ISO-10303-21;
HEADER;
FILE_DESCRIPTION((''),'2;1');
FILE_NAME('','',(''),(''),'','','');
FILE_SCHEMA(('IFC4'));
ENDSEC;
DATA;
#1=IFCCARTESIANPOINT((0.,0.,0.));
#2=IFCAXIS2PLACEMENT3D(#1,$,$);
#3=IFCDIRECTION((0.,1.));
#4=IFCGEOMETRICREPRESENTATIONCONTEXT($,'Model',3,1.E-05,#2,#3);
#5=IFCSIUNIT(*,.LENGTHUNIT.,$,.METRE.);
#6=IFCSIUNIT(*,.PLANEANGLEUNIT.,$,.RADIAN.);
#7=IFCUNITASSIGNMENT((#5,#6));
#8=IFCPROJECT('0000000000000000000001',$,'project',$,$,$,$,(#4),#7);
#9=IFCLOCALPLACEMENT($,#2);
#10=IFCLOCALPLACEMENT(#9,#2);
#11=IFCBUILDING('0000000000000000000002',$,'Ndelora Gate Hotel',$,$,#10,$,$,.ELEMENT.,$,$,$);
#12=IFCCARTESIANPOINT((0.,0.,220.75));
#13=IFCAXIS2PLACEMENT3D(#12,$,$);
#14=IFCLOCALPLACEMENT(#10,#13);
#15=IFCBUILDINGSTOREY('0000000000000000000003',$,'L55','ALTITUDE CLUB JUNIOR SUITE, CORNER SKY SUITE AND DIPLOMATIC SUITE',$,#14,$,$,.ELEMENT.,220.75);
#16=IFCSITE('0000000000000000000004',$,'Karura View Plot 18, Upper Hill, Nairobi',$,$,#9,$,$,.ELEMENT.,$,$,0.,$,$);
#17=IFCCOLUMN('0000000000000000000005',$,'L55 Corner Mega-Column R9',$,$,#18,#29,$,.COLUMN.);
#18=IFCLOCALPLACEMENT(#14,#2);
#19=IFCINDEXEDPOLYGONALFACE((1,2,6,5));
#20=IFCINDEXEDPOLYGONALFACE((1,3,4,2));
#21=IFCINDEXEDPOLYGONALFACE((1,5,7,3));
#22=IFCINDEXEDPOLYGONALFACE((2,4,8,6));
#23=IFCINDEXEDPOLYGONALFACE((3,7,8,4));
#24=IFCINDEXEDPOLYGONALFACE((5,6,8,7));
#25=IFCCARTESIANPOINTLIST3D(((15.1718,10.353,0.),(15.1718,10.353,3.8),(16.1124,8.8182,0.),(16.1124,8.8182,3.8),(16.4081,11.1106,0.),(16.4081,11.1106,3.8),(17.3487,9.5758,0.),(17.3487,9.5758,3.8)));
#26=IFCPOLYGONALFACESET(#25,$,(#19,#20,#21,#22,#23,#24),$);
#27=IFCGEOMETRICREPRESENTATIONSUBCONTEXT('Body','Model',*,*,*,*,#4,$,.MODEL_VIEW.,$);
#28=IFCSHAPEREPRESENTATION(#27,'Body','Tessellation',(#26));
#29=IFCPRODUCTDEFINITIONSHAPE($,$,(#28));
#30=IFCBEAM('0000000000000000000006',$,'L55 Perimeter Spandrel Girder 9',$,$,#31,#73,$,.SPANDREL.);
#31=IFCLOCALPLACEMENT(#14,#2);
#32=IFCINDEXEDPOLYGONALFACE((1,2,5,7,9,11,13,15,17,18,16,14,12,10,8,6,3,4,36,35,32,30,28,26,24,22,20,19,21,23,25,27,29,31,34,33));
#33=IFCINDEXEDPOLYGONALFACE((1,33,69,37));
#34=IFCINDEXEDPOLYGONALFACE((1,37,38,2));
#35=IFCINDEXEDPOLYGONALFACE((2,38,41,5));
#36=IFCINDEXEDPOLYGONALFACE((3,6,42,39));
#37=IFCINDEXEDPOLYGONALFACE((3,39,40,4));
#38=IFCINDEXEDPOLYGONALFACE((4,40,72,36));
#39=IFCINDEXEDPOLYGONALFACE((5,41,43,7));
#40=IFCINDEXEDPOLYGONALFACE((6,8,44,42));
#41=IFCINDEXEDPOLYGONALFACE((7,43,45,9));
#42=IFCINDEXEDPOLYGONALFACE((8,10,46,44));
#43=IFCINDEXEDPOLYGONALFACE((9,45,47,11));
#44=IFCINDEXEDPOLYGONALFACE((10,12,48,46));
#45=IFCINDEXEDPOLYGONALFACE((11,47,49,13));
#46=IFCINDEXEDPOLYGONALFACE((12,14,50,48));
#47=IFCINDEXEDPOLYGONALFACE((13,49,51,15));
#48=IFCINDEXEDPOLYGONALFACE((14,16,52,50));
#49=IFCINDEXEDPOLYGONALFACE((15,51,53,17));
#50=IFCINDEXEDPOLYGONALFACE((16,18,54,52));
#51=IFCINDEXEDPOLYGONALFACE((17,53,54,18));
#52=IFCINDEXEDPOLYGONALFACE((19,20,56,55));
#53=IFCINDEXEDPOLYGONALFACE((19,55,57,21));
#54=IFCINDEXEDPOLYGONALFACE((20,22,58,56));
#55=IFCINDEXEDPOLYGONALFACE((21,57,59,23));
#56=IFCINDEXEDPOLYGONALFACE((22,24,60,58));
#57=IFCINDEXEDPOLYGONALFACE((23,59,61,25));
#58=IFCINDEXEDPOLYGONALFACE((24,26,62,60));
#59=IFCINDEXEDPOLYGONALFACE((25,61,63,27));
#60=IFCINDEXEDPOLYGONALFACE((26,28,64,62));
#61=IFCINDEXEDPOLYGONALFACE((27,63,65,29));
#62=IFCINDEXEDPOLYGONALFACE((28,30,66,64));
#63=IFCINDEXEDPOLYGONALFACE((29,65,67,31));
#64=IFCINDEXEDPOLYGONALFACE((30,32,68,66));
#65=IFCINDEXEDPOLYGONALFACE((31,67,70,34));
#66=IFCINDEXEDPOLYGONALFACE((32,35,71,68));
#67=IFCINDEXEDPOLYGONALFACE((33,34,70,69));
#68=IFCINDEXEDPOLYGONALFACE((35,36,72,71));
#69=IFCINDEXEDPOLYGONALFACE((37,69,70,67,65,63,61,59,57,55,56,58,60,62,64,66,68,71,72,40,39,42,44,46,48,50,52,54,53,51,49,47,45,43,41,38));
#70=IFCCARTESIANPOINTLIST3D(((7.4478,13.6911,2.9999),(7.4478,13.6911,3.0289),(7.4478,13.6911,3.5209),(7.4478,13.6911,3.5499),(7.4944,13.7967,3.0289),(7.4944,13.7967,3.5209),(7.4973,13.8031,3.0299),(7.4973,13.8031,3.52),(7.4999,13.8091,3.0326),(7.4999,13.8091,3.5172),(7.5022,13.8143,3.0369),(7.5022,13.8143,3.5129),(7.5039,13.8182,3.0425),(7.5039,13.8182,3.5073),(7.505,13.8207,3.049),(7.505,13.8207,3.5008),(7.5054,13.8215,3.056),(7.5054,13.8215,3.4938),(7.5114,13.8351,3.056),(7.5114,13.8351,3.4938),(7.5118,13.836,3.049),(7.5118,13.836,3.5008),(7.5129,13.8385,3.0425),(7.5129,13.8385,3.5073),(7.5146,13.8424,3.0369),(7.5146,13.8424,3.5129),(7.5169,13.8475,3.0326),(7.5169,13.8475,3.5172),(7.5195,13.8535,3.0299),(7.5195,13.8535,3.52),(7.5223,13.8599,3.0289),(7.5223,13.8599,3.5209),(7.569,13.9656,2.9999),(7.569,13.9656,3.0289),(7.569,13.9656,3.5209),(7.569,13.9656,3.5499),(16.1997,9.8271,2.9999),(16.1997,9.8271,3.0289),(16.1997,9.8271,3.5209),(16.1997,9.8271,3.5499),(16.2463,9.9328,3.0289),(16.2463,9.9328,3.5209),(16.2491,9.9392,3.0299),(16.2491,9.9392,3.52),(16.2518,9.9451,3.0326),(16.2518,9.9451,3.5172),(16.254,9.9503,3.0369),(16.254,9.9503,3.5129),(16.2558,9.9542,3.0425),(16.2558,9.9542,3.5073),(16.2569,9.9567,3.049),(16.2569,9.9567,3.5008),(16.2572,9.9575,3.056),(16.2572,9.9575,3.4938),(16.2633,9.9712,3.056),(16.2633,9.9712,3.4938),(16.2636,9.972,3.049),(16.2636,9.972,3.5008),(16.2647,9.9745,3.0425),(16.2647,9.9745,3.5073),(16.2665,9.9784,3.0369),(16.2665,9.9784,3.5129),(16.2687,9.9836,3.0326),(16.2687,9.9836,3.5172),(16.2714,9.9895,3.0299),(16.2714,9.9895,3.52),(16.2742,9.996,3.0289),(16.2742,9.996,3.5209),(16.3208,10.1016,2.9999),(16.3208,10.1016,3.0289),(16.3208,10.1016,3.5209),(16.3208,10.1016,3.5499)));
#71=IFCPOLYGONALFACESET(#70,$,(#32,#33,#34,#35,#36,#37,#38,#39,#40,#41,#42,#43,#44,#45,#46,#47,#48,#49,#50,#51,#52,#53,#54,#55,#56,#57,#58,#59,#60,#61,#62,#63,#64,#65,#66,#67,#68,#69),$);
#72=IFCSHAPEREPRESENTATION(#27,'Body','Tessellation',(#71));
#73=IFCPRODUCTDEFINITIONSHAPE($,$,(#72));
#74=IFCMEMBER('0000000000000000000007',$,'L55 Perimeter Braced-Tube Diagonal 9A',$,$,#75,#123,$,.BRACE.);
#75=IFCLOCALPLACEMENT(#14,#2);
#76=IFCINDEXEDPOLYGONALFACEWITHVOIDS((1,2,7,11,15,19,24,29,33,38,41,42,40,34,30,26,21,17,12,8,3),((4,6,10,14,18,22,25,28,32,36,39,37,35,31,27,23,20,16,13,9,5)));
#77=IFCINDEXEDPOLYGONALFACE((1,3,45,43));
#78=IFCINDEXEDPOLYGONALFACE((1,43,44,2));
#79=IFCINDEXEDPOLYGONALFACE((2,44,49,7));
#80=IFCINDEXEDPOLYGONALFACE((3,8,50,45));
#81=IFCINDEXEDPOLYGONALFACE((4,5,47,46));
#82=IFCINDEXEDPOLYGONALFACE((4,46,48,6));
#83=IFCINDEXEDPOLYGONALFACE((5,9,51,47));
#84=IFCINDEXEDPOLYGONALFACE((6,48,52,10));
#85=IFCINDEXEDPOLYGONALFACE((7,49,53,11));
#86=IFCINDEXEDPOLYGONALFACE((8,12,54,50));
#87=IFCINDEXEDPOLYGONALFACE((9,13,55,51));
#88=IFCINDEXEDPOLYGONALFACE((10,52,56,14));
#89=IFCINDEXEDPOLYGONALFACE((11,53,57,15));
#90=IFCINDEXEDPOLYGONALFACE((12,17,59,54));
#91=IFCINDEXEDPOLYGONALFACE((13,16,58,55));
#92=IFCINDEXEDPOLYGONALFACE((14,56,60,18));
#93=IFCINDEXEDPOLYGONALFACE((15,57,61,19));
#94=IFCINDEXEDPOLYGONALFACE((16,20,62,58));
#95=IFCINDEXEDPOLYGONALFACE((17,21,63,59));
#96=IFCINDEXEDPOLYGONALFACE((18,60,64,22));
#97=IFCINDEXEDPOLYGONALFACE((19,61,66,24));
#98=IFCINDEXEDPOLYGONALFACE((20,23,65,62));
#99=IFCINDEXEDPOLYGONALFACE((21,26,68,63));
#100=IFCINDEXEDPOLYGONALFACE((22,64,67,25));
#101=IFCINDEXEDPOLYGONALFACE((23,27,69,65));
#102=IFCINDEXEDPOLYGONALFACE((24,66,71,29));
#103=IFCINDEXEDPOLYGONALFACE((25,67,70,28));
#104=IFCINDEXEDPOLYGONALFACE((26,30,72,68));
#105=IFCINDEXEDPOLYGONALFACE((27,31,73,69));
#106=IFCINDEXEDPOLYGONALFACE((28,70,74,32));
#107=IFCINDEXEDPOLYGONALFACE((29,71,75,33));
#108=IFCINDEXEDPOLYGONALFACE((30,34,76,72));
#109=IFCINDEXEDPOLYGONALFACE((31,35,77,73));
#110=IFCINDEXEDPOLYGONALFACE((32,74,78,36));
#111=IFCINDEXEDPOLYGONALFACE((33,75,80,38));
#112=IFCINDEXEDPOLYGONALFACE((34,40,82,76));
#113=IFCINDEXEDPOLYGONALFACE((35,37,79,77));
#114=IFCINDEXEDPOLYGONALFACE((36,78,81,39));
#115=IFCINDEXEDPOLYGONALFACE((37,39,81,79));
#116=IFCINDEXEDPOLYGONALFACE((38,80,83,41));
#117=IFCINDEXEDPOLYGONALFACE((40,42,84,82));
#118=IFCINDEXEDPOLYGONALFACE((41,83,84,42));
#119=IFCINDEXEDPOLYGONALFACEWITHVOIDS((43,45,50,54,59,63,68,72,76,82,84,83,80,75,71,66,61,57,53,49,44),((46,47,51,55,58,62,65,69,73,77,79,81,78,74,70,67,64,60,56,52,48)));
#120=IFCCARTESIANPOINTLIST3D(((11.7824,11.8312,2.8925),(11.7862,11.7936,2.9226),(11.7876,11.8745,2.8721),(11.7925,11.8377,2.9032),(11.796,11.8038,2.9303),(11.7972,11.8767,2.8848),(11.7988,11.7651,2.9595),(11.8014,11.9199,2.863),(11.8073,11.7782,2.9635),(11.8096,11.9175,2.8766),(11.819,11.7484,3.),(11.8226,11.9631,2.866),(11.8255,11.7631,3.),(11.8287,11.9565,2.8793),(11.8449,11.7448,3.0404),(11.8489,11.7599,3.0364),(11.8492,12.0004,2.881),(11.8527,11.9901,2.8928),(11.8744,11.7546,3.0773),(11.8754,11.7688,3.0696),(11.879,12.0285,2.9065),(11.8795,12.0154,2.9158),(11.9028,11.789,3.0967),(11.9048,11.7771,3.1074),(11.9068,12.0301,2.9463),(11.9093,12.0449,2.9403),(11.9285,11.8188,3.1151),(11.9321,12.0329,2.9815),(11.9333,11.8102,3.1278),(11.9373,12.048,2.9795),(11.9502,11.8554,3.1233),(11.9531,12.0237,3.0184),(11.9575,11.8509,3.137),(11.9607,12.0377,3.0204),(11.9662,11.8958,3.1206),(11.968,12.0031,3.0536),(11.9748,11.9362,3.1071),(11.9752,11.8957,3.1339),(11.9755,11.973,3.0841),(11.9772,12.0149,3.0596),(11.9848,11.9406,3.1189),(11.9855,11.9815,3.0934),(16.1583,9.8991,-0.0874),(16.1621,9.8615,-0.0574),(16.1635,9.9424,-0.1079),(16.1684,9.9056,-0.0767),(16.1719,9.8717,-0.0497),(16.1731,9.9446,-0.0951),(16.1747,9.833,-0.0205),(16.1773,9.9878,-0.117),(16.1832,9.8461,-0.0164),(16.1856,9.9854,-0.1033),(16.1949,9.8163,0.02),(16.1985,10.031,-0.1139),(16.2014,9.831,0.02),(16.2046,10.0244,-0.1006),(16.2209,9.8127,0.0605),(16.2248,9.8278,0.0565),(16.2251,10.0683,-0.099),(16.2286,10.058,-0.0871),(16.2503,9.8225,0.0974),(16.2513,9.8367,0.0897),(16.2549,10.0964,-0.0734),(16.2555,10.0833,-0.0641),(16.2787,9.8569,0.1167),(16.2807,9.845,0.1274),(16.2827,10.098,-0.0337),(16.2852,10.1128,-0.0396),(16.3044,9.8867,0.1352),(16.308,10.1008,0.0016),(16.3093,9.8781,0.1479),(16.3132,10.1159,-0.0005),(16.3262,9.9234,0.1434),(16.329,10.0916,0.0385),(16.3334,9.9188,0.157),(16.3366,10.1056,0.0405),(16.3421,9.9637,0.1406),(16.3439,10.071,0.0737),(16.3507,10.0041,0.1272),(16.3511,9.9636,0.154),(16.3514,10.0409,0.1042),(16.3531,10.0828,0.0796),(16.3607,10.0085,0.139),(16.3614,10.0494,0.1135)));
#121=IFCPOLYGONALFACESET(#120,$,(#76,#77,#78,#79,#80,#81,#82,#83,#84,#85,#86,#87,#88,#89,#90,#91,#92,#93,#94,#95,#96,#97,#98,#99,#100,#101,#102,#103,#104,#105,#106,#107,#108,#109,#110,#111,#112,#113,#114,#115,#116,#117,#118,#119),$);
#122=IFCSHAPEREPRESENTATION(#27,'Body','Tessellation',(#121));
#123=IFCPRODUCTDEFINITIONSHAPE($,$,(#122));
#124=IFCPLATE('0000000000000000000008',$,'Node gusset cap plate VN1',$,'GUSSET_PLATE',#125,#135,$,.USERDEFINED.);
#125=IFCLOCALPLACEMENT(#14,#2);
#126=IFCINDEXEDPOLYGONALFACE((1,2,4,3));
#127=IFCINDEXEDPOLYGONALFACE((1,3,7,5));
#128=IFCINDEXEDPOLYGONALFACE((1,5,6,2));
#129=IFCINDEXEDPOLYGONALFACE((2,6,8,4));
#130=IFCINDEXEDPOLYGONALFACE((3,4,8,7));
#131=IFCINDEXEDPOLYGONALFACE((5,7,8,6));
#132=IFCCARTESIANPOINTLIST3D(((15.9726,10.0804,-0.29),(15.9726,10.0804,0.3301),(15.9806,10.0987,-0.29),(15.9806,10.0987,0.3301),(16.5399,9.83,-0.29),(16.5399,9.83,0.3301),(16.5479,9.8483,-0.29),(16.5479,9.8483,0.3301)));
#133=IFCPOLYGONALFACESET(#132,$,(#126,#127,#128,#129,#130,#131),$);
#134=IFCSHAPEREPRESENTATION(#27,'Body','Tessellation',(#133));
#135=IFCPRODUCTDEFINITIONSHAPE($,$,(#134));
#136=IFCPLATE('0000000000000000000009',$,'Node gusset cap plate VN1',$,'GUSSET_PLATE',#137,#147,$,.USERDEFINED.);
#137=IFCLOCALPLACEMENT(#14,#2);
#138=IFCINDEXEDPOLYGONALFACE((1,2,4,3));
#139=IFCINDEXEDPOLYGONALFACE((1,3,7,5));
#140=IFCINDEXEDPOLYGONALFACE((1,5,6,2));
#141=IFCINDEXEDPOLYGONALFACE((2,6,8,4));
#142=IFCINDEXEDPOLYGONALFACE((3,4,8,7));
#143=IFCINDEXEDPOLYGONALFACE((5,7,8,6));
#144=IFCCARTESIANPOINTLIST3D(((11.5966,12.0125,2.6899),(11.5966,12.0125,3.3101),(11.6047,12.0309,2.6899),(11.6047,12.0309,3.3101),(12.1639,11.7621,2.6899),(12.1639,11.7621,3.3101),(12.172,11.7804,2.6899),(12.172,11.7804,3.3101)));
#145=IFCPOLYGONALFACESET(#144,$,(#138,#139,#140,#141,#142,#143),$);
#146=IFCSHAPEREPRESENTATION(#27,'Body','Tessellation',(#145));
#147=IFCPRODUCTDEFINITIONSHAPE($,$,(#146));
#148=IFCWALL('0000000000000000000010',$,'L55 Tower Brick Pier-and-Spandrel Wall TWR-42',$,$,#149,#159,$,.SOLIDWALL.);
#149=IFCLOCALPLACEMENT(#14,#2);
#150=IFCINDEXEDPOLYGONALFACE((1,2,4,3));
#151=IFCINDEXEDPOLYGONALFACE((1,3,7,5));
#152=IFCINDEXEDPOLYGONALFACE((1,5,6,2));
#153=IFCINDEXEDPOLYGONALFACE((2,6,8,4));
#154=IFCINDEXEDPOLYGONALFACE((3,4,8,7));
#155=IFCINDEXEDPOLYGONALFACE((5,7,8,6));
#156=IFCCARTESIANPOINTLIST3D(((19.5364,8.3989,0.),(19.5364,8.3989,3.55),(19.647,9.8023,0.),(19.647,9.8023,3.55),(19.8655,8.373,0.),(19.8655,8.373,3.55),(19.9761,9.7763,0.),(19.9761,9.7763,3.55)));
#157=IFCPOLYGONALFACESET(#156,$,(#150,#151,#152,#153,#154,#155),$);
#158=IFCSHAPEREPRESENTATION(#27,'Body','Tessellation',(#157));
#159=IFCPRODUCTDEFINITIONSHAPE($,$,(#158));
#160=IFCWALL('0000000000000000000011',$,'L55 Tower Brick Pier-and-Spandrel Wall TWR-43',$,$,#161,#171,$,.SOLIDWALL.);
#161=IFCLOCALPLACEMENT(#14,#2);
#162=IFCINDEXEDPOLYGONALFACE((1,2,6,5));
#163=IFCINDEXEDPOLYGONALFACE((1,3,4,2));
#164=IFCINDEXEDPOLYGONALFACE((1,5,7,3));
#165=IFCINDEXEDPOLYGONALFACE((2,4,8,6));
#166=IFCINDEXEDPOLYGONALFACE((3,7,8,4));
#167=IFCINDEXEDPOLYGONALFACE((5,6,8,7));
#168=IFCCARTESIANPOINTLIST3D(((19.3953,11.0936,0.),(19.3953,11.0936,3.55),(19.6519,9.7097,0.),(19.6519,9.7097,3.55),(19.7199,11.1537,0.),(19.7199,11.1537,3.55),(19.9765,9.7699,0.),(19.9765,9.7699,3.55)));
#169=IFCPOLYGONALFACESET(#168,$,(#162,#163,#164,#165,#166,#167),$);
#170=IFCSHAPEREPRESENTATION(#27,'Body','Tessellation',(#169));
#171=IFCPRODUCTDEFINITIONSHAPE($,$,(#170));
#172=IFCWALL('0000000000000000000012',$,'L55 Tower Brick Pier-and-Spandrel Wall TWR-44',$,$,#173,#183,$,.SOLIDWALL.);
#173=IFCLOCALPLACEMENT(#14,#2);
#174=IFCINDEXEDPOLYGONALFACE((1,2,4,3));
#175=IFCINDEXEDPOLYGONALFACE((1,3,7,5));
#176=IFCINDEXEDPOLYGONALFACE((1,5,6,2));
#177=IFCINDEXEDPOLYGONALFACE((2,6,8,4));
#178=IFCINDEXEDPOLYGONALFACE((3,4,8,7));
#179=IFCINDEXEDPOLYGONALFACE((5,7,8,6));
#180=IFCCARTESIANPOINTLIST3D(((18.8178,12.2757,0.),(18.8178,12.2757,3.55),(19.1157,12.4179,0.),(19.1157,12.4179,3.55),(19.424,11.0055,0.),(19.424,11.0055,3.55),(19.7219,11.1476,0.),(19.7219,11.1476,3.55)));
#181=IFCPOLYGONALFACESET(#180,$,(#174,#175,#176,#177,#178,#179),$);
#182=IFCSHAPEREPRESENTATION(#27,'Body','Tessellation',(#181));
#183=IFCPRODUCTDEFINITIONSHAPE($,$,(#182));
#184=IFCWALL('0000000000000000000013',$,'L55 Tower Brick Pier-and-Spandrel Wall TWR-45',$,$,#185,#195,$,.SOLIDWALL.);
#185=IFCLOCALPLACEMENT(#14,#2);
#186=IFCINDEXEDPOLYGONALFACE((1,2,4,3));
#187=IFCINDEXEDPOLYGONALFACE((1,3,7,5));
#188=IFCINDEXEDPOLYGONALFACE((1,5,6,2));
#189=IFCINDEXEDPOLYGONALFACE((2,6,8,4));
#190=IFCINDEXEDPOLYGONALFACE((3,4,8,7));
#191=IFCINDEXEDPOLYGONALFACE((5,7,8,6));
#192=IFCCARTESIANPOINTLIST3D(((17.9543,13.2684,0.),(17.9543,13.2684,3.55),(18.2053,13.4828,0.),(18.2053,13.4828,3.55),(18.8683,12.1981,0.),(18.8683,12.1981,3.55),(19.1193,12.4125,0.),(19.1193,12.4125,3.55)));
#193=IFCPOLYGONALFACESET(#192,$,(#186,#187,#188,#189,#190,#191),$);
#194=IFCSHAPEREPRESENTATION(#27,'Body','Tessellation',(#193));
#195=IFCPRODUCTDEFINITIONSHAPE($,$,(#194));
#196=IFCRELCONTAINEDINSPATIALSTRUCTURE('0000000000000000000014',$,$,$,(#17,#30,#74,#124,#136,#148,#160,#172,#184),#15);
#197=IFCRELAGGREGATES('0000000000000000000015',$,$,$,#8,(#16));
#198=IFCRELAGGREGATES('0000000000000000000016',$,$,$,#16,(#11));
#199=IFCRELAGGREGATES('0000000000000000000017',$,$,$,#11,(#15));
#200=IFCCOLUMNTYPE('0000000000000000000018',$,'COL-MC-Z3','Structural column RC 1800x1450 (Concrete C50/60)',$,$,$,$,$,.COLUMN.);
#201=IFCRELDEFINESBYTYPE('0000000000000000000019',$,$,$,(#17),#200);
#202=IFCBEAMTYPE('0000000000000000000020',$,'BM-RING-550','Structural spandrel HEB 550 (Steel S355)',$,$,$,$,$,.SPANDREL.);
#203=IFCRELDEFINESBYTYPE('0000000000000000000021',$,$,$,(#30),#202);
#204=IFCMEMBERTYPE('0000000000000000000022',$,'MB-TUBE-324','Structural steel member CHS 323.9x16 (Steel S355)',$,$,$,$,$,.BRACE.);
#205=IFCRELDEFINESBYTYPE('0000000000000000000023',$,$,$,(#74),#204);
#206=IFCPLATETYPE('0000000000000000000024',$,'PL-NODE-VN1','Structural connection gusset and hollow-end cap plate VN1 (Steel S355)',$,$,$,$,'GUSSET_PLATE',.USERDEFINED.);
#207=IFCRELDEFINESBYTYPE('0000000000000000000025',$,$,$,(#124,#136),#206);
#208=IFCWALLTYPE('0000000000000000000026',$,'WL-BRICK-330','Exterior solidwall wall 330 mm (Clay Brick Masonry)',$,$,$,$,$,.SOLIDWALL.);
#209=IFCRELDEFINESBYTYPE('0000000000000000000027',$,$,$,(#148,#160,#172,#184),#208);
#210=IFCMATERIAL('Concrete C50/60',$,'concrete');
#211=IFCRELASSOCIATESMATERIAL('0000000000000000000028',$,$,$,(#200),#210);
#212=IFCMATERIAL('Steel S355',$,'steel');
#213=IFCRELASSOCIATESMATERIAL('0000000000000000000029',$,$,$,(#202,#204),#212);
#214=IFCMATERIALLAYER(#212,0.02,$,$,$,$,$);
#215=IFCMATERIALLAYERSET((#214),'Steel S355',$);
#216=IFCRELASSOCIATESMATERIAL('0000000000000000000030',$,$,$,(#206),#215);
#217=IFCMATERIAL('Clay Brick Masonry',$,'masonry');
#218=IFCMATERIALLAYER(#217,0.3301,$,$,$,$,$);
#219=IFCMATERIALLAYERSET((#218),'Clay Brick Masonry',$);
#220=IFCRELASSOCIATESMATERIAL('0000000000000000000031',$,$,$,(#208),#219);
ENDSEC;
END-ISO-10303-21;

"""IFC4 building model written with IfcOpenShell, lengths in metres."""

from ifc_helpers import new_model, si_unit, direction, frame, frame_2d, origin, origin_2d, place, context, subcontext, project, spatial, rectangle, hollow_circle, i_section, extrude, material, layer, layer_set, material_profile, profile_set, type_object, element, save


model = new_model("IFC4")

# Units and contexts
model_context = context("Model", 3, precision=1e-05, world=origin(), true_north=direction((0.0, 1.0)))
body_context = subcontext(model_context, "Body", "Model", "MODEL_VIEW")
ifc_project = project(units=[si_unit("LENGTHUNIT", "METRE"), si_unit("PLANEANGLEUNIT", "RADIAN")], contexts=[model_context])

# Site, building, storey
site_placement = place(None, origin())
site = spatial("IfcSite", under=ifc_project, at=site_placement, Name="Karura View Plot 18, Upper Hill, Nairobi", CompositionType="ELEMENT", RefElevation=0.0)
building_placement = place(site_placement, origin())
building = spatial("IfcBuilding", under=site, at=building_placement, Name="Ndelora Gate Hotel", CompositionType="ELEMENT")
storey_placement = place(building_placement, frame((0.0, 0.0, 220.75)))
storey = spatial("IfcBuildingStorey", under=building, at=storey_placement, Name="L55", Description="ALTITUDE CLUB JUNIOR SUITE, CORNER SKY SUITE AND DIPLOMATIC SUITE", CompositionType="ELEMENT", Elevation=220.75)

# Column
ifc_material_1 = material(Name="Concrete C50/60", Category="concrete")
ifc_material_profile_1 = material_profile(ifc_material_1, rectangle(XDim=1.45, YDim=1.8, at=origin_2d()), Name="RC 1800x1450")
ifc_profile_set_1 = profile_set([ifc_material_profile_1], Name="Concrete C50/60")
column_type = type_object("IfcColumnType", Name="COL-MC-Z3", Description="Structural column RC 1800x1450 (Concrete C50/60)", PredefinedType="COLUMN", material=ifc_profile_set_1)
column_placement = place(storey_placement, frame((16.2603, 9.9644, 0.0), z_axis=(0.0, 0.0, 1.0), x_axis=(0.85264, 0.522499, 0.0)))
element("IfcColumn", 1, at=column_placement, inside=storey, type_object=column_type, Name="L55 Corner Mega-Column R9", PredefinedType="COLUMN", context=body_context, shape_type="SweptSolid", body=[
    extrude(rectangle(XDim=1.45, YDim=1.8, at=origin_2d()), origin(), (0.0, 0.0, 1.0), 3.8),
])

# Beam
ifc_material_2 = material(Name="Steel S355", Category="steel")
ifc_material_profile_2 = material_profile(ifc_material_2, i_section(OverallWidth=0.3, OverallDepth=0.55, WebThickness=0.0149, FlangeThickness=0.0291, FilletRadius=0.0271, at=origin_2d()), Name="HEB 550")
ifc_profile_set_2 = profile_set([ifc_material_profile_2], Name="Steel S355")
beam_type = type_object("IfcBeamType", Name="BM-RING-550", Description="Structural spandrel HEB 550 (Steel S355)", PredefinedType="SPANDREL", material=ifc_profile_set_2)
beam_placement = place(storey_placement, frame((16.2603, 9.9644, 3.2749), z_axis=(-0.914807, 0.40389, 0.0), x_axis=(-0.40389, -0.914807, 0.0)))
element("IfcBeam", 2, at=beam_placement, inside=storey, type_object=beam_type, Name="L55 Perimeter Spandrel Girder 9", PredefinedType="SPANDREL", context=body_context, shape_type="SweptSolid", body=[
    extrude(i_section(OverallWidth=0.3, OverallDepth=0.55, WebThickness=0.0149, FlangeThickness=0.0291, FilletRadius=0.0271, at=origin_2d()), origin(), (0.0, 0.0, 1.0), 9.5669),
])

# Member
ifc_material_profile_3 = material_profile(ifc_material_2, hollow_circle(Radius=0.1619, WallThickness=0.0161, at=origin_2d()), Name="CHS 323.9x16")
ifc_profile_set_3 = profile_set([ifc_material_profile_3], Name="Steel S355")
member_type = type_object("IfcMemberType", Name="MB-TUBE-324", Description="Structural steel member CHS 323.9x16 (Steel S355)", PredefinedType="BRACE", material=ifc_profile_set_3)
member_placement = place(storey_placement, frame((16.2603, 9.9644, 0.02), z_axis=(-0.776456, 0.34283, 0.528756), x_axis=(-0.403912, -0.914798, 0.0)))
element("IfcMember", 3, at=member_placement, inside=storey, type_object=member_type, Name="L55 Perimeter Braced-Tube Diagonal 9A", PredefinedType="BRACE", context=body_context, shape_type="SweptSolid", body=[
    extrude(hollow_circle(Radius=0.1619, WallThickness=0.0161, at=origin_2d()), origin(), (0.0, 0.0, 1.0), 5.6357),
])

# Plates
ifc_layer_1 = layer(ifc_material_2, 0.02)
ifc_layer_set_1 = layer_set([ifc_layer_1], Name="Steel S355")
plate_type = type_object("IfcPlateType", Name="PL-NODE-VN1", Description="Structural connection gusset and hollow-end cap plate VN1 (Steel S355)", ElementType="GUSSET_PLATE", PredefinedType="USERDEFINED", material=ifc_layer_set_1)
for number, where, z_axis, x_axis, name in (
    (4, (16.2603, 9.9644, -0.29), (0.0, 0.0, 1.0), (-0.914819, 0.403865, 0.0), "Node gusset cap plate VN1"),
    (5, (11.8843, 11.8965, 2.6899), (0.0, 0.0, 1.0), (-0.914819, 0.403865, 0.0), "Node gusset cap plate VN1"),
):
    element("IfcPlate", number, at=place(storey_placement, frame(where, z_axis=z_axis, x_axis=x_axis)), inside=storey, type_object=plate_type, Name=name, ObjectType="GUSSET_PLATE", PredefinedType="USERDEFINED", context=body_context, shape_type="SweptSolid", body=[
        extrude(rectangle(XDim=0.6201, YDim=0.02, at=origin_2d()), origin(), (0.0, 0.0, 1.0), 0.6201),
    ])

# Walls
ifc_material_3 = material(Name="Clay Brick Masonry", Category="masonry")
ifc_layer_2 = layer(ifc_material_3, 0.3301)
ifc_layer_set_2 = layer_set([ifc_layer_2], Name="Clay Brick Masonry")
wall_type_1 = type_object("IfcWallType", Name="WL-BRICK-330", Description="Exterior solidwall wall 330 mm (Clay Brick Masonry)", PredefinedType="SOLIDWALL", material=ifc_layer_set_2)
wall_1_placement = place(storey_placement, frame((19.8115, 9.7893, 0.0), z_axis=(0.0, 0.0, 1.0), x_axis=(-0.078566, -0.996909, 0.0)))
element("IfcWall", 6, at=wall_1_placement, inside=storey, type_object=wall_type_1, Name="L55 Tower Brick Pier-and-Spandrel Wall TWR-42", PredefinedType="SOLIDWALL", context=body_context, shape_type="SweptSolid", body=[
    extrude(rectangle(XDim=1.4077, YDim=0.3301, at=frame_2d((0.7039, 0.0))), origin(), (0.0, 0.0, 1.0), 3.55),
])
for number, where, z_axis, x_axis, name in (
    (7, (19.5576, 11.1235, 0.0), (0.0, 0.0, 1.0), (0.182319, -0.983239, 0.0), "L55 Tower Brick Pier-and-Spandrel Wall TWR-43"),
    (8, (18.9668, 12.3467, 0.0), (0.0, 0.0, 1.0), (0.430694, -0.902498, 0.0), "L55 Tower Brick Pier-and-Spandrel Wall TWR-44"),
    (9, (18.0798, 13.3755, 0.0), (0.0, 0.0, 1.0), (0.649419, -0.760431, 0.0), "L55 Tower Brick Pier-and-Spandrel Wall TWR-45"),
):
    element("IfcWall", number, at=place(storey_placement, frame(where, z_axis=z_axis, x_axis=x_axis)), inside=storey, type_object=wall_type_1, Name=name, PredefinedType="SOLIDWALL", context=body_context, shape_type="SweptSolid", body=[
        extrude(rectangle(XDim=1.4075, YDim=0.3301, at=frame_2d((0.7036, 0.0))), origin(), (0.0, 0.0, 1.0), 3.55),
    ])

save(model, "model.ifc")
